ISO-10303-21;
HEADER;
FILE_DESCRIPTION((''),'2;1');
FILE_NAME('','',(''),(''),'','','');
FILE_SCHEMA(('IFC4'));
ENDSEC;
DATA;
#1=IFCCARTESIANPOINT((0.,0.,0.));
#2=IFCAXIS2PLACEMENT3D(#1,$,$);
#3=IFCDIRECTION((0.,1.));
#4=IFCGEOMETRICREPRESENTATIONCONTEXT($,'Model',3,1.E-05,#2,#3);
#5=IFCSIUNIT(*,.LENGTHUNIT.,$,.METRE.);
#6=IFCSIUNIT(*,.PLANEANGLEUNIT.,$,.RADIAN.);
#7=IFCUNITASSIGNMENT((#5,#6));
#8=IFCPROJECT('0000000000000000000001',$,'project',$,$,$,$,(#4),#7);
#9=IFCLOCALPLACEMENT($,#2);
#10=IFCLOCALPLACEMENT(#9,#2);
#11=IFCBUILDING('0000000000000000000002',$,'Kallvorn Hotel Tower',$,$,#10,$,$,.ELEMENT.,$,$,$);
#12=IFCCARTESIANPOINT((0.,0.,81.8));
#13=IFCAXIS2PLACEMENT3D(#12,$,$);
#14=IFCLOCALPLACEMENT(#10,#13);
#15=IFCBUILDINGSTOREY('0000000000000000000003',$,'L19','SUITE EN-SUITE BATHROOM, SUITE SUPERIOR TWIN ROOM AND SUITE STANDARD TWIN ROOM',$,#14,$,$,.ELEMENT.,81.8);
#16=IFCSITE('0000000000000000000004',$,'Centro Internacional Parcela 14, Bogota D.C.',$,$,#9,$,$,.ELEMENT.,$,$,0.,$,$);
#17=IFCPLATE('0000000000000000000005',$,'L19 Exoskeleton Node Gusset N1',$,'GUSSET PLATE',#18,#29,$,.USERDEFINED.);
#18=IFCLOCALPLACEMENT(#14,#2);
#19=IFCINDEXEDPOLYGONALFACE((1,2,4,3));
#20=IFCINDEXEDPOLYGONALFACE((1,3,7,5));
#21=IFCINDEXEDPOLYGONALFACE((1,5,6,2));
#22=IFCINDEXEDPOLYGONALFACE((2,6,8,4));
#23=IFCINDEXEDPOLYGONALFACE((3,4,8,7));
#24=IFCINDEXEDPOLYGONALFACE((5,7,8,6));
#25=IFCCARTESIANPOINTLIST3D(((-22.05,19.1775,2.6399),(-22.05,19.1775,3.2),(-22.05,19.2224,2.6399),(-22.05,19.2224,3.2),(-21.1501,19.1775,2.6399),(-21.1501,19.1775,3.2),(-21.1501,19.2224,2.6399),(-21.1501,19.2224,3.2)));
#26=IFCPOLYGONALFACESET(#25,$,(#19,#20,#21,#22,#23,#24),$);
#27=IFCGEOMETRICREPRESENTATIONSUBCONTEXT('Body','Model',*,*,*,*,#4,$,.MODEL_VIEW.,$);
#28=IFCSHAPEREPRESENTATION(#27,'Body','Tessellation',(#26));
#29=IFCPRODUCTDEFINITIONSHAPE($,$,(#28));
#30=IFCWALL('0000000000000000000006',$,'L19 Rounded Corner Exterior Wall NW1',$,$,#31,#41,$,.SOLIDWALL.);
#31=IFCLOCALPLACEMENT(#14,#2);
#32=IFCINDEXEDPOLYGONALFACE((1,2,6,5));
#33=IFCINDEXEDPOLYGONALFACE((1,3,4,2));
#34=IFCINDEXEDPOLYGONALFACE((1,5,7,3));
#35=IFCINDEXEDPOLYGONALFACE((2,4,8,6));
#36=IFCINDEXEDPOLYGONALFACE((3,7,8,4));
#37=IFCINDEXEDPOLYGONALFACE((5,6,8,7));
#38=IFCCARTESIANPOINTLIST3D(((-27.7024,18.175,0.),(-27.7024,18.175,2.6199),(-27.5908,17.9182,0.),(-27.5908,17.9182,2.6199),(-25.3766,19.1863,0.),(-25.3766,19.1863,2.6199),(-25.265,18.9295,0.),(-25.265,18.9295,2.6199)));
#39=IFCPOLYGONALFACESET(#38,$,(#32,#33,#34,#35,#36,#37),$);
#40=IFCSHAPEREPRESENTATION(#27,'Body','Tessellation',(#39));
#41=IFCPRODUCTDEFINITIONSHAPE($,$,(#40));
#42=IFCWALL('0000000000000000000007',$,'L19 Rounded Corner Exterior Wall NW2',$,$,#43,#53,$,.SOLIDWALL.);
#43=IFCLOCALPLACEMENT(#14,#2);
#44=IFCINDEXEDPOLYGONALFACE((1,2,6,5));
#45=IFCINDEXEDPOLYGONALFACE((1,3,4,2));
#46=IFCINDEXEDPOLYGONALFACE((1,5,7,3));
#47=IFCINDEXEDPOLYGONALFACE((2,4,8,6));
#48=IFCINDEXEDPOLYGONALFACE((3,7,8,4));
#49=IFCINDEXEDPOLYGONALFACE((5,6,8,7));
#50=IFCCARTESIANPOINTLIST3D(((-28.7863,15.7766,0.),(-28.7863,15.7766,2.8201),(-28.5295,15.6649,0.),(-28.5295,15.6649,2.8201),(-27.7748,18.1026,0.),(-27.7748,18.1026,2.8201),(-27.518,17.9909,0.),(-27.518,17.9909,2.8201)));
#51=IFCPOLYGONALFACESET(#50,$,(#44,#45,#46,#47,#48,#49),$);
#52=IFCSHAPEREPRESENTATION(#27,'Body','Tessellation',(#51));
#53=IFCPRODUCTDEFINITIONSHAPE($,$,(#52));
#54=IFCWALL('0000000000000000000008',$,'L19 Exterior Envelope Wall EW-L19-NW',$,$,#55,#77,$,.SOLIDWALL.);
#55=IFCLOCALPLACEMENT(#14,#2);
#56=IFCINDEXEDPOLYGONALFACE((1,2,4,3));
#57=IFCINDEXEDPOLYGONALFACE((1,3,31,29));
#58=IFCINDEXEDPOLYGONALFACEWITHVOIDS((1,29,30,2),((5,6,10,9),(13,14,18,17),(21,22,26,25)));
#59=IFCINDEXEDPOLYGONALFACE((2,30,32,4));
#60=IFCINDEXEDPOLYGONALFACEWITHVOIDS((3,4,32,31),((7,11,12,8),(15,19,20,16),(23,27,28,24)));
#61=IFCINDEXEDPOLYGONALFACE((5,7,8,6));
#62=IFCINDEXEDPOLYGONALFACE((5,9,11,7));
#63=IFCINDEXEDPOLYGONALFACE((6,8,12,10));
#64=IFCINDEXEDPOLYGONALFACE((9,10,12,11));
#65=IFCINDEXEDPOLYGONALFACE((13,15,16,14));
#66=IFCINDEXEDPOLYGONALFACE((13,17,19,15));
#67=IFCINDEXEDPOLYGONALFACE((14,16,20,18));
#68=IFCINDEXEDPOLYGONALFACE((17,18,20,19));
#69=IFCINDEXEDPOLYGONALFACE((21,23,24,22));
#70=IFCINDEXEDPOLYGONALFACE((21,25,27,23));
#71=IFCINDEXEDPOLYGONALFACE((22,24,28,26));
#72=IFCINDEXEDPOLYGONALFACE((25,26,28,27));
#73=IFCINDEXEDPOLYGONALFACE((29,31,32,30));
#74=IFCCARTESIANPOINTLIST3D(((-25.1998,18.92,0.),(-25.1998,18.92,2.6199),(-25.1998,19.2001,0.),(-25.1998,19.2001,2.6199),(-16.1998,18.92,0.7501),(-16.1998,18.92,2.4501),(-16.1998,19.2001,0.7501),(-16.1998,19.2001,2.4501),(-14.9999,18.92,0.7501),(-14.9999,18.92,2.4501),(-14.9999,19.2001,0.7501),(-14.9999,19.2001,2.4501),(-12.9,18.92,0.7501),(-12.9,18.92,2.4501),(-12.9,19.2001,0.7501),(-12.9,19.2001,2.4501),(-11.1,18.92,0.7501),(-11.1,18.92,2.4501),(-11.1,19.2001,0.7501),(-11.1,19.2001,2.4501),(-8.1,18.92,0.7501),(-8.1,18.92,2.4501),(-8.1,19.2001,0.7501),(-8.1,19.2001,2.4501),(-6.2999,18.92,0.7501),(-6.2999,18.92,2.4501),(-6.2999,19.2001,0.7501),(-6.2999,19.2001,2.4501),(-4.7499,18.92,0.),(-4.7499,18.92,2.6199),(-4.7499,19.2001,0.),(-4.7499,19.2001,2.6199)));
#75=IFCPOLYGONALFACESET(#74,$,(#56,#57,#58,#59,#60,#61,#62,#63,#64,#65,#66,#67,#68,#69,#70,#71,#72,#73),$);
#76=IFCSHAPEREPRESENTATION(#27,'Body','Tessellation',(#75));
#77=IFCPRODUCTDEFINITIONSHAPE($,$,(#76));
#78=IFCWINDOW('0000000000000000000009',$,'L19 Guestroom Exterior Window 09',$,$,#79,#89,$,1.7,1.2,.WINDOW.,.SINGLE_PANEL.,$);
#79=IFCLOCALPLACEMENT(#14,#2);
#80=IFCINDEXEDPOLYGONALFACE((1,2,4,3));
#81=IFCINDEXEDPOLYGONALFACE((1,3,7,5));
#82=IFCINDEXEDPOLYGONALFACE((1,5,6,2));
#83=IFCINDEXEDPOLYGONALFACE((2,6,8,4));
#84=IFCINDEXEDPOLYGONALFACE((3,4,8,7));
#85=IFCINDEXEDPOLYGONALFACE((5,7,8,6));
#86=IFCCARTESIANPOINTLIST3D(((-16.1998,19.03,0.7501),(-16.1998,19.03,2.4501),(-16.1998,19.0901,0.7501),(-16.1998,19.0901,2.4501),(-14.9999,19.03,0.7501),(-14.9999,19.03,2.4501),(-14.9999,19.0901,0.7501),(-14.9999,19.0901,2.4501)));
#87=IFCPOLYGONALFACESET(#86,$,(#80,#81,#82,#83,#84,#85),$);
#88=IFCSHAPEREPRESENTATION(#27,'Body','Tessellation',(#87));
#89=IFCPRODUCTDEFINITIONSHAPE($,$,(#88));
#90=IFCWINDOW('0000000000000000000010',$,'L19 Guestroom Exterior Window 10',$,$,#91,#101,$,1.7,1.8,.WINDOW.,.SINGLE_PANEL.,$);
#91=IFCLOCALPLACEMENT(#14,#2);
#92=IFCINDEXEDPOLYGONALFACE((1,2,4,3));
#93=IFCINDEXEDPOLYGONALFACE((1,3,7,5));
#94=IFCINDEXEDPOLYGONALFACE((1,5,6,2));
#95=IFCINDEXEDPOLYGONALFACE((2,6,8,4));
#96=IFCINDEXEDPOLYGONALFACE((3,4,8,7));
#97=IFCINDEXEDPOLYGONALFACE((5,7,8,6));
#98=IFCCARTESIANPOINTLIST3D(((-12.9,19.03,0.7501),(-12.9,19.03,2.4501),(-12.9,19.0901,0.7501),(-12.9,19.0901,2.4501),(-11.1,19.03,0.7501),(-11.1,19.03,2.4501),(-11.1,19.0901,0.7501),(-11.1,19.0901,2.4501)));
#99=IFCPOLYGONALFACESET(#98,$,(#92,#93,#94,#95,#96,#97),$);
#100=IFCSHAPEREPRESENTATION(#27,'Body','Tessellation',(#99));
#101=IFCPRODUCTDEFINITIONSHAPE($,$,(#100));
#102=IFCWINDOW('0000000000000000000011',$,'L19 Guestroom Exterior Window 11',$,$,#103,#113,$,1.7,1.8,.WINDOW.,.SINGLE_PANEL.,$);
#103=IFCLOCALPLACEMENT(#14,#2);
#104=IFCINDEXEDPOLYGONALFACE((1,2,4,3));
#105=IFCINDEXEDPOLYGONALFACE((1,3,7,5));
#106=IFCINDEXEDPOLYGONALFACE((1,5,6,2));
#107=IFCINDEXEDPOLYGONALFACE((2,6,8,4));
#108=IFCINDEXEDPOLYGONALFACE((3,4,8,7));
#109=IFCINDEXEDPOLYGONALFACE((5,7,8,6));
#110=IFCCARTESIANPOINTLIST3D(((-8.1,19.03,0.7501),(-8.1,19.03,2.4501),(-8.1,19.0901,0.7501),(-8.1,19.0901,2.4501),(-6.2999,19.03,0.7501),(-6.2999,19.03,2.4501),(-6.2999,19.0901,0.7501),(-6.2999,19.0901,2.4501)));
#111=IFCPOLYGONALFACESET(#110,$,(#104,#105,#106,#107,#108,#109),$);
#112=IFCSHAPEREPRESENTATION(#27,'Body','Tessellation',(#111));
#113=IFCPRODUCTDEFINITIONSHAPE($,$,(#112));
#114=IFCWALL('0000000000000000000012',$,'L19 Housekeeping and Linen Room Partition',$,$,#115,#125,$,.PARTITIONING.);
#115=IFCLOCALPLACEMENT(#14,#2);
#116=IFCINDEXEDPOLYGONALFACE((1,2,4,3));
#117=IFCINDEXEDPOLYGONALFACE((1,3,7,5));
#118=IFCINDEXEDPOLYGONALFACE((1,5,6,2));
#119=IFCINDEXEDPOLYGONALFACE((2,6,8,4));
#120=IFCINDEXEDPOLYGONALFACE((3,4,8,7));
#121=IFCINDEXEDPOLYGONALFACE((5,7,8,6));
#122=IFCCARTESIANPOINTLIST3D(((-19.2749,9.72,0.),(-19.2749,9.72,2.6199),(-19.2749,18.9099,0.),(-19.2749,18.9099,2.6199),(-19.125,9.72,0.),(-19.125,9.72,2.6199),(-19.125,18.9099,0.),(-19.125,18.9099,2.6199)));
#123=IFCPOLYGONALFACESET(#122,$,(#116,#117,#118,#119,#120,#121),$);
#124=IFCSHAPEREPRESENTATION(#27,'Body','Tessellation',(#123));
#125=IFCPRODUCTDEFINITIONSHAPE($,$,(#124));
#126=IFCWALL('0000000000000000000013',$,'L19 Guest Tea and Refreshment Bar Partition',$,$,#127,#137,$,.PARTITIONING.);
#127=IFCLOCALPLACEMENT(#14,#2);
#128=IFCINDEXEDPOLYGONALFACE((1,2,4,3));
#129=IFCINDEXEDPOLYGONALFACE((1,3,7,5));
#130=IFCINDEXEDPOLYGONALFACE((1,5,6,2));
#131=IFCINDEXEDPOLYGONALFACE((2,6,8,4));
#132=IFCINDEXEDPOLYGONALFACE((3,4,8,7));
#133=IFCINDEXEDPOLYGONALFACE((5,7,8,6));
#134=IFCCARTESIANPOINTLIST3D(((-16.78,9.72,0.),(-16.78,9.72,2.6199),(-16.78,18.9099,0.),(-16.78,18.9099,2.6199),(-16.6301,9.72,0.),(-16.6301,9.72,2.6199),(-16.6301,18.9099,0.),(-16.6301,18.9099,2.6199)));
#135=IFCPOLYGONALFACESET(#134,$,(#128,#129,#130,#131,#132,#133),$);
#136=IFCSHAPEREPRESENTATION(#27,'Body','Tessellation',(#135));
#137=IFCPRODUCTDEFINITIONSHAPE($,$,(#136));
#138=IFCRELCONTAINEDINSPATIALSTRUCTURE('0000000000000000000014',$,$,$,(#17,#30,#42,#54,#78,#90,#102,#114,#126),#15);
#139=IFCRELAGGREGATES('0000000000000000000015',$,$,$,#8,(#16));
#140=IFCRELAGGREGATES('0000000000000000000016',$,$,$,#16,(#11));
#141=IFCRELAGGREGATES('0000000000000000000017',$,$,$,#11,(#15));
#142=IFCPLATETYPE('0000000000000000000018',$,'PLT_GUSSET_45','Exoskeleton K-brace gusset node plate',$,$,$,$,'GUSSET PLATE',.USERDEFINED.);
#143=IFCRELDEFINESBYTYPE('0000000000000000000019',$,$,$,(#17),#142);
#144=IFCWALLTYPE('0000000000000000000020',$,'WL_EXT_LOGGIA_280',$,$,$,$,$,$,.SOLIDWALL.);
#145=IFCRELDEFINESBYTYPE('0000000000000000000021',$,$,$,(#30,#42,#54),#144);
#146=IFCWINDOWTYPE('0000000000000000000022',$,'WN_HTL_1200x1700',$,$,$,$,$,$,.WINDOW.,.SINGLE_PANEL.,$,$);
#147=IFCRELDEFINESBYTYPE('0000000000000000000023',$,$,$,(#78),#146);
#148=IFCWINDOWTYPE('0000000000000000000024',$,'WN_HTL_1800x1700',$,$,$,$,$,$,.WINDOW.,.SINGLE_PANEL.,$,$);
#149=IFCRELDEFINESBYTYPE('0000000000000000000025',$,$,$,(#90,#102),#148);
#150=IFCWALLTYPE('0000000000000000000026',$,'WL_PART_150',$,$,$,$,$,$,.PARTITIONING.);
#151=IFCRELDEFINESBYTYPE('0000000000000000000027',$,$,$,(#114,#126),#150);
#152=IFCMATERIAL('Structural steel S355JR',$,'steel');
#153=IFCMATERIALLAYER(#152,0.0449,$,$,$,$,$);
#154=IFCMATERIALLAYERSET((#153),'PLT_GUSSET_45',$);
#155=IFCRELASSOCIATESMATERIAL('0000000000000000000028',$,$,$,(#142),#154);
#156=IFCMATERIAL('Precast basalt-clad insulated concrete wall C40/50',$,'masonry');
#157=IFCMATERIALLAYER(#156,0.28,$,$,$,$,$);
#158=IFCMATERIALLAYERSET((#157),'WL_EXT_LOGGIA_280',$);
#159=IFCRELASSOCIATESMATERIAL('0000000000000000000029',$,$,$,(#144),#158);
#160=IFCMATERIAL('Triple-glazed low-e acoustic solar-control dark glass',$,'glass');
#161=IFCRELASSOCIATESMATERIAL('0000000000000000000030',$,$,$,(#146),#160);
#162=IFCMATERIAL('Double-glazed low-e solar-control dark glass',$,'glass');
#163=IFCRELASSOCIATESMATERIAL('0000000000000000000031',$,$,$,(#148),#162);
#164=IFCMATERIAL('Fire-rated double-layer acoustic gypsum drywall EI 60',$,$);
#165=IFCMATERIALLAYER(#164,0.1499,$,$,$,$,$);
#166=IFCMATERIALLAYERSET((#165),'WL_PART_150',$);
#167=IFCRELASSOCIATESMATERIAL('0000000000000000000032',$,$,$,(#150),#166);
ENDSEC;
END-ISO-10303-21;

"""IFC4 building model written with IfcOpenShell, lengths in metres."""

from ifc_helpers import new_model, si_unit, direction, frame, frame_2d, origin, origin_2d, place, context, subcontext, project, spatial, rectangle, extrude, material, layer, layer_set, type_object, element, fill, save


model = new_model("IFC4")

# Units and contexts
model_context = context("Model", 3, precision=1e-05, world=origin(), true_north=direction((0.0, 1.0)))
body_context = subcontext(model_context, "Body", "Model", "MODEL_VIEW")
ifc_project = project(units=[si_unit("LENGTHUNIT", "METRE"), si_unit("PLANEANGLEUNIT", "RADIAN")], contexts=[model_context])

# Site, building, storey
site_placement = place(None, origin())
site = spatial("IfcSite", under=ifc_project, at=site_placement, Name="Centro Internacional Parcela 14, Bogota D.C.", CompositionType="ELEMENT", RefElevation=0.0)
building_placement = place(site_placement, origin())
building = spatial("IfcBuilding", under=site, at=building_placement, Name="Kallvorn Hotel Tower", CompositionType="ELEMENT")
storey_placement = place(building_placement, frame((0.0, 0.0, 81.8)))
storey = spatial("IfcBuildingStorey", under=building, at=storey_placement, Name="L19", Description="SUITE EN-SUITE BATHROOM, SUITE SUPERIOR TWIN ROOM AND SUITE STANDARD TWIN ROOM", CompositionType="ELEMENT", Elevation=81.8)

# Plate
ifc_material_1 = material(Name="Structural steel S355JR", Category="steel")
ifc_layer_1 = layer(ifc_material_1, 0.0449)
ifc_layer_set_1 = layer_set([ifc_layer_1], Name="PLT_GUSSET_45")
plate_type_1 = type_object("IfcPlateType", Name="PLT_GUSSET_45", Description="Exoskeleton K-brace gusset node plate", ElementType="GUSSET PLATE", PredefinedType="USERDEFINED", material=ifc_layer_set_1)
plate_1_placement = place(storey_placement, frame((-21.6001, 19.2, 2.6399), z_axis=(0.0, 0.0, 1.0), x_axis=(1.0, 0.0, 0.0)))
element("IfcPlate", 1, at=plate_1_placement, inside=storey, type_object=plate_type_1, Name="L19 Exoskeleton Node Gusset N1", ObjectType="GUSSET PLATE", PredefinedType="USERDEFINED", context=body_context, shape_type="SweptSolid", body=[
    extrude(rectangle(XDim=0.8999, YDim=0.0449, at=origin_2d()), origin(), (0.0, 0.0, 1.0), 0.5601),
])

# Walls
ifc_material_2 = material(Name="Precast basalt-clad insulated concrete wall C40/50", Category="masonry")
ifc_layer_2 = layer(ifc_material_2, 0.28)
ifc_layer_set_2 = layer_set([ifc_layer_2], Name="WL_EXT_LOGGIA_280")
wall_type_1 = type_object("IfcWallType", Name="WL_EXT_LOGGIA_280", PredefinedType="SOLIDWALL", material=ifc_layer_set_2)
wall_1_placement = place(storey_placement, frame((-25.3208, 19.0579, 0.0), z_axis=(0.0, 0.0, 1.0), x_axis=(-0.917061, -0.398747, 0.0)))
element("IfcWall", 2, at=wall_1_placement, inside=storey, type_object=wall_type_1, Name="L19 Rounded Corner Exterior Wall NW1", PredefinedType="SOLIDWALL", context=body_context, shape_type="SweptSolid", body=[
    extrude(rectangle(XDim=2.5361, YDim=0.28, at=frame_2d((1.2681, 0.0))), origin(), (0.0, 0.0, 1.0), 2.6199),
])
wall_2_placement = place(storey_placement, frame((-27.6465, 18.0466, 0.0), z_axis=(0.0, 0.0, 1.0), x_axis=(-0.398793, -0.917041, 0.0)))
element("IfcWall", 3, at=wall_2_placement, inside=storey, type_object=wall_type_1, Name="L19 Rounded Corner Exterior Wall NW2", PredefinedType="SOLIDWALL", context=body_context, shape_type="SweptSolid", body=[
    extrude(rectangle(XDim=2.5364, YDim=0.28, at=frame_2d((1.2681, 0.0))), origin(), (0.0, 0.0, 1.0), 2.8201),
])

# Wall, openings, windows
wall_3_placement = place(storey_placement, frame((-25.2, 19.0601, 0.0), z_axis=(0.0, 0.0, 1.0), x_axis=(1.0, 0.0, 0.0)))
wall_3 = element("IfcWall", 4, at=wall_3_placement, inside=storey, type_object=wall_type_1, Name="L19 Exterior Envelope Wall EW-L19-NW", PredefinedType="SOLIDWALL", context=body_context, shape_type="SweptSolid", body=[
    extrude(rectangle(XDim=20.45, YDim=0.28, at=frame_2d((10.2251, 0.0))), origin(), (0.0, 0.0, 1.0), 2.6199),
])
opening_1_placement = place(wall_3_placement, frame((9.0, 0.0, 0.75)))
opening_1 = element("IfcOpeningElement", 5, at=opening_1_placement, cuts=wall_3, PredefinedType="OPENING", context=body_context, shape_type="SweptSolid", body=[
    extrude(rectangle(XDim=1.2, YDim=1.7, at=frame_2d((0.6001, 0.8501))), frame((0.0, 0.155, 0.0), z_axis=(0.0, -1.0, 0.0), x_axis=(1.0, 0.0, 0.0)), (0.0, 0.0, 1.0), 0.3101),
])
opening_2_placement = place(wall_3_placement, frame((12.3, 0.0, 0.75)))
opening_2 = element("IfcOpeningElement", 6, at=opening_2_placement, cuts=wall_3, PredefinedType="OPENING", context=body_context, shape_type="SweptSolid", body=[
    extrude(rectangle(XDim=1.8, YDim=1.7, at=frame_2d((0.8999, 0.8501))), frame((0.0, 0.155, 0.0), z_axis=(0.0, -1.0, 0.0), x_axis=(1.0, 0.0, 0.0)), (0.0, 0.0, 1.0), 0.3101),
])
opening_3_placement = place(wall_3_placement, frame((17.1001, 0.0, 0.75)))
opening_3 = element("IfcOpeningElement", 7, at=opening_3_placement, cuts=wall_3, PredefinedType="OPENING", context=body_context, shape_type="SweptSolid", body=[
    extrude(rectangle(XDim=1.8, YDim=1.7, at=frame_2d((0.8999, 0.8501))), frame((0.0, 0.155, 0.0), z_axis=(0.0, -1.0, 0.0), x_axis=(1.0, 0.0, 0.0)), (0.0, 0.0, 1.0), 0.3101),
])
ifc_material_3 = material(Name="Triple-glazed low-e acoustic solar-control dark glass", Category="glass")
window_type_1 = type_object("IfcWindowType", Name="WN_HTL_1200x1700", PartitioningType="SINGLE_PANEL", PredefinedType="WINDOW", material=ifc_material_3)
window_1_placement = place(opening_1_placement, origin())
window_1 = element("IfcWindow", 8, at=window_1_placement, inside=storey, type_object=window_type_1, Name="L19 Guestroom Exterior Window 09", OverallHeight=1.7, OverallWidth=1.2, PartitioningType="SINGLE_PANEL", PredefinedType="WINDOW", context=body_context, shape_type="SweptSolid", body=[
    extrude(rectangle(XDim=1.2, YDim=1.7, at=frame_2d((0.6001, 0.8501))), frame((0.0, 0.03, 0.0), z_axis=(0.0, -1.0, 0.0), x_axis=(1.0, 0.0, 0.0)), (0.0, 0.0, 1.0), 0.0601),
])
fill(opening_1, window_1)
ifc_material_4 = material(Name="Double-glazed low-e solar-control dark glass", Category="glass")
window_type_2 = type_object("IfcWindowType", Name="WN_HTL_1800x1700", PartitioningType="SINGLE_PANEL", PredefinedType="WINDOW", material=ifc_material_4)
window_2_placement = place(opening_2_placement, origin())
window_2 = element("IfcWindow", 9, at=window_2_placement, inside=storey, type_object=window_type_2, Name="L19 Guestroom Exterior Window 10", OverallHeight=1.7, OverallWidth=1.8, PartitioningType="SINGLE_PANEL", PredefinedType="WINDOW", context=body_context, shape_type="SweptSolid", body=[
    extrude(rectangle(XDim=1.8, YDim=1.7, at=frame_2d((0.8999, 0.8501))), frame((0.0, 0.03, 0.0), z_axis=(0.0, -1.0, 0.0), x_axis=(1.0, 0.0, 0.0)), (0.0, 0.0, 1.0), 0.0601),
])
fill(opening_2, window_2)
window_3_placement = place(opening_3_placement, origin())
window_3 = element("IfcWindow", 10, at=window_3_placement, inside=storey, type_object=window_type_2, Name="L19 Guestroom Exterior Window 11", OverallHeight=1.7, OverallWidth=1.8, PartitioningType="SINGLE_PANEL", PredefinedType="WINDOW", context=body_context, shape_type="SweptSolid", body=[
    extrude(rectangle(XDim=1.8, YDim=1.7, at=frame_2d((0.8999, 0.8501))), frame((0.0, 0.03, 0.0), z_axis=(0.0, -1.0, 0.0), x_axis=(1.0, 0.0, 0.0)), (0.0, 0.0, 1.0), 0.0601),
])
fill(opening_3, window_3)

# Walls
ifc_material_5 = material(Name="Fire-rated double-layer acoustic gypsum drywall EI 60")
ifc_layer_3 = layer(ifc_material_5, 0.1499)
ifc_layer_set_3 = layer_set([ifc_layer_3], Name="WL_PART_150")
wall_type_2 = type_object("IfcWallType", Name="WL_PART_150", PredefinedType="PARTITIONING", material=ifc_layer_set_3)
for number, where, z_axis, x_axis, name in (
    (11, (-19.2, 9.72, 0.0), (0.0, 0.0, 1.0), (0.0, 1.0, 0.0), "L19 Housekeeping and Linen Room Partition"),
    (12, (-16.7051, 9.72, 0.0), (0.0, 0.0, 1.0), (0.0, 1.0, 0.0), "L19 Guest Tea and Refreshment Bar Partition"),
):
    element("IfcWall", number, at=place(storey_placement, frame(where, z_axis=z_axis, x_axis=x_axis)), inside=storey, type_object=wall_type_2, Name=name, PredefinedType="PARTITIONING", context=body_context, shape_type="SweptSolid", body=[
        extrude(rectangle(XDim=9.1899, YDim=0.1499, at=frame_2d((4.595, 0.0))), origin(), (0.0, 0.0, 1.0), 2.6199),
    ])

save(model, "model.ifc")
